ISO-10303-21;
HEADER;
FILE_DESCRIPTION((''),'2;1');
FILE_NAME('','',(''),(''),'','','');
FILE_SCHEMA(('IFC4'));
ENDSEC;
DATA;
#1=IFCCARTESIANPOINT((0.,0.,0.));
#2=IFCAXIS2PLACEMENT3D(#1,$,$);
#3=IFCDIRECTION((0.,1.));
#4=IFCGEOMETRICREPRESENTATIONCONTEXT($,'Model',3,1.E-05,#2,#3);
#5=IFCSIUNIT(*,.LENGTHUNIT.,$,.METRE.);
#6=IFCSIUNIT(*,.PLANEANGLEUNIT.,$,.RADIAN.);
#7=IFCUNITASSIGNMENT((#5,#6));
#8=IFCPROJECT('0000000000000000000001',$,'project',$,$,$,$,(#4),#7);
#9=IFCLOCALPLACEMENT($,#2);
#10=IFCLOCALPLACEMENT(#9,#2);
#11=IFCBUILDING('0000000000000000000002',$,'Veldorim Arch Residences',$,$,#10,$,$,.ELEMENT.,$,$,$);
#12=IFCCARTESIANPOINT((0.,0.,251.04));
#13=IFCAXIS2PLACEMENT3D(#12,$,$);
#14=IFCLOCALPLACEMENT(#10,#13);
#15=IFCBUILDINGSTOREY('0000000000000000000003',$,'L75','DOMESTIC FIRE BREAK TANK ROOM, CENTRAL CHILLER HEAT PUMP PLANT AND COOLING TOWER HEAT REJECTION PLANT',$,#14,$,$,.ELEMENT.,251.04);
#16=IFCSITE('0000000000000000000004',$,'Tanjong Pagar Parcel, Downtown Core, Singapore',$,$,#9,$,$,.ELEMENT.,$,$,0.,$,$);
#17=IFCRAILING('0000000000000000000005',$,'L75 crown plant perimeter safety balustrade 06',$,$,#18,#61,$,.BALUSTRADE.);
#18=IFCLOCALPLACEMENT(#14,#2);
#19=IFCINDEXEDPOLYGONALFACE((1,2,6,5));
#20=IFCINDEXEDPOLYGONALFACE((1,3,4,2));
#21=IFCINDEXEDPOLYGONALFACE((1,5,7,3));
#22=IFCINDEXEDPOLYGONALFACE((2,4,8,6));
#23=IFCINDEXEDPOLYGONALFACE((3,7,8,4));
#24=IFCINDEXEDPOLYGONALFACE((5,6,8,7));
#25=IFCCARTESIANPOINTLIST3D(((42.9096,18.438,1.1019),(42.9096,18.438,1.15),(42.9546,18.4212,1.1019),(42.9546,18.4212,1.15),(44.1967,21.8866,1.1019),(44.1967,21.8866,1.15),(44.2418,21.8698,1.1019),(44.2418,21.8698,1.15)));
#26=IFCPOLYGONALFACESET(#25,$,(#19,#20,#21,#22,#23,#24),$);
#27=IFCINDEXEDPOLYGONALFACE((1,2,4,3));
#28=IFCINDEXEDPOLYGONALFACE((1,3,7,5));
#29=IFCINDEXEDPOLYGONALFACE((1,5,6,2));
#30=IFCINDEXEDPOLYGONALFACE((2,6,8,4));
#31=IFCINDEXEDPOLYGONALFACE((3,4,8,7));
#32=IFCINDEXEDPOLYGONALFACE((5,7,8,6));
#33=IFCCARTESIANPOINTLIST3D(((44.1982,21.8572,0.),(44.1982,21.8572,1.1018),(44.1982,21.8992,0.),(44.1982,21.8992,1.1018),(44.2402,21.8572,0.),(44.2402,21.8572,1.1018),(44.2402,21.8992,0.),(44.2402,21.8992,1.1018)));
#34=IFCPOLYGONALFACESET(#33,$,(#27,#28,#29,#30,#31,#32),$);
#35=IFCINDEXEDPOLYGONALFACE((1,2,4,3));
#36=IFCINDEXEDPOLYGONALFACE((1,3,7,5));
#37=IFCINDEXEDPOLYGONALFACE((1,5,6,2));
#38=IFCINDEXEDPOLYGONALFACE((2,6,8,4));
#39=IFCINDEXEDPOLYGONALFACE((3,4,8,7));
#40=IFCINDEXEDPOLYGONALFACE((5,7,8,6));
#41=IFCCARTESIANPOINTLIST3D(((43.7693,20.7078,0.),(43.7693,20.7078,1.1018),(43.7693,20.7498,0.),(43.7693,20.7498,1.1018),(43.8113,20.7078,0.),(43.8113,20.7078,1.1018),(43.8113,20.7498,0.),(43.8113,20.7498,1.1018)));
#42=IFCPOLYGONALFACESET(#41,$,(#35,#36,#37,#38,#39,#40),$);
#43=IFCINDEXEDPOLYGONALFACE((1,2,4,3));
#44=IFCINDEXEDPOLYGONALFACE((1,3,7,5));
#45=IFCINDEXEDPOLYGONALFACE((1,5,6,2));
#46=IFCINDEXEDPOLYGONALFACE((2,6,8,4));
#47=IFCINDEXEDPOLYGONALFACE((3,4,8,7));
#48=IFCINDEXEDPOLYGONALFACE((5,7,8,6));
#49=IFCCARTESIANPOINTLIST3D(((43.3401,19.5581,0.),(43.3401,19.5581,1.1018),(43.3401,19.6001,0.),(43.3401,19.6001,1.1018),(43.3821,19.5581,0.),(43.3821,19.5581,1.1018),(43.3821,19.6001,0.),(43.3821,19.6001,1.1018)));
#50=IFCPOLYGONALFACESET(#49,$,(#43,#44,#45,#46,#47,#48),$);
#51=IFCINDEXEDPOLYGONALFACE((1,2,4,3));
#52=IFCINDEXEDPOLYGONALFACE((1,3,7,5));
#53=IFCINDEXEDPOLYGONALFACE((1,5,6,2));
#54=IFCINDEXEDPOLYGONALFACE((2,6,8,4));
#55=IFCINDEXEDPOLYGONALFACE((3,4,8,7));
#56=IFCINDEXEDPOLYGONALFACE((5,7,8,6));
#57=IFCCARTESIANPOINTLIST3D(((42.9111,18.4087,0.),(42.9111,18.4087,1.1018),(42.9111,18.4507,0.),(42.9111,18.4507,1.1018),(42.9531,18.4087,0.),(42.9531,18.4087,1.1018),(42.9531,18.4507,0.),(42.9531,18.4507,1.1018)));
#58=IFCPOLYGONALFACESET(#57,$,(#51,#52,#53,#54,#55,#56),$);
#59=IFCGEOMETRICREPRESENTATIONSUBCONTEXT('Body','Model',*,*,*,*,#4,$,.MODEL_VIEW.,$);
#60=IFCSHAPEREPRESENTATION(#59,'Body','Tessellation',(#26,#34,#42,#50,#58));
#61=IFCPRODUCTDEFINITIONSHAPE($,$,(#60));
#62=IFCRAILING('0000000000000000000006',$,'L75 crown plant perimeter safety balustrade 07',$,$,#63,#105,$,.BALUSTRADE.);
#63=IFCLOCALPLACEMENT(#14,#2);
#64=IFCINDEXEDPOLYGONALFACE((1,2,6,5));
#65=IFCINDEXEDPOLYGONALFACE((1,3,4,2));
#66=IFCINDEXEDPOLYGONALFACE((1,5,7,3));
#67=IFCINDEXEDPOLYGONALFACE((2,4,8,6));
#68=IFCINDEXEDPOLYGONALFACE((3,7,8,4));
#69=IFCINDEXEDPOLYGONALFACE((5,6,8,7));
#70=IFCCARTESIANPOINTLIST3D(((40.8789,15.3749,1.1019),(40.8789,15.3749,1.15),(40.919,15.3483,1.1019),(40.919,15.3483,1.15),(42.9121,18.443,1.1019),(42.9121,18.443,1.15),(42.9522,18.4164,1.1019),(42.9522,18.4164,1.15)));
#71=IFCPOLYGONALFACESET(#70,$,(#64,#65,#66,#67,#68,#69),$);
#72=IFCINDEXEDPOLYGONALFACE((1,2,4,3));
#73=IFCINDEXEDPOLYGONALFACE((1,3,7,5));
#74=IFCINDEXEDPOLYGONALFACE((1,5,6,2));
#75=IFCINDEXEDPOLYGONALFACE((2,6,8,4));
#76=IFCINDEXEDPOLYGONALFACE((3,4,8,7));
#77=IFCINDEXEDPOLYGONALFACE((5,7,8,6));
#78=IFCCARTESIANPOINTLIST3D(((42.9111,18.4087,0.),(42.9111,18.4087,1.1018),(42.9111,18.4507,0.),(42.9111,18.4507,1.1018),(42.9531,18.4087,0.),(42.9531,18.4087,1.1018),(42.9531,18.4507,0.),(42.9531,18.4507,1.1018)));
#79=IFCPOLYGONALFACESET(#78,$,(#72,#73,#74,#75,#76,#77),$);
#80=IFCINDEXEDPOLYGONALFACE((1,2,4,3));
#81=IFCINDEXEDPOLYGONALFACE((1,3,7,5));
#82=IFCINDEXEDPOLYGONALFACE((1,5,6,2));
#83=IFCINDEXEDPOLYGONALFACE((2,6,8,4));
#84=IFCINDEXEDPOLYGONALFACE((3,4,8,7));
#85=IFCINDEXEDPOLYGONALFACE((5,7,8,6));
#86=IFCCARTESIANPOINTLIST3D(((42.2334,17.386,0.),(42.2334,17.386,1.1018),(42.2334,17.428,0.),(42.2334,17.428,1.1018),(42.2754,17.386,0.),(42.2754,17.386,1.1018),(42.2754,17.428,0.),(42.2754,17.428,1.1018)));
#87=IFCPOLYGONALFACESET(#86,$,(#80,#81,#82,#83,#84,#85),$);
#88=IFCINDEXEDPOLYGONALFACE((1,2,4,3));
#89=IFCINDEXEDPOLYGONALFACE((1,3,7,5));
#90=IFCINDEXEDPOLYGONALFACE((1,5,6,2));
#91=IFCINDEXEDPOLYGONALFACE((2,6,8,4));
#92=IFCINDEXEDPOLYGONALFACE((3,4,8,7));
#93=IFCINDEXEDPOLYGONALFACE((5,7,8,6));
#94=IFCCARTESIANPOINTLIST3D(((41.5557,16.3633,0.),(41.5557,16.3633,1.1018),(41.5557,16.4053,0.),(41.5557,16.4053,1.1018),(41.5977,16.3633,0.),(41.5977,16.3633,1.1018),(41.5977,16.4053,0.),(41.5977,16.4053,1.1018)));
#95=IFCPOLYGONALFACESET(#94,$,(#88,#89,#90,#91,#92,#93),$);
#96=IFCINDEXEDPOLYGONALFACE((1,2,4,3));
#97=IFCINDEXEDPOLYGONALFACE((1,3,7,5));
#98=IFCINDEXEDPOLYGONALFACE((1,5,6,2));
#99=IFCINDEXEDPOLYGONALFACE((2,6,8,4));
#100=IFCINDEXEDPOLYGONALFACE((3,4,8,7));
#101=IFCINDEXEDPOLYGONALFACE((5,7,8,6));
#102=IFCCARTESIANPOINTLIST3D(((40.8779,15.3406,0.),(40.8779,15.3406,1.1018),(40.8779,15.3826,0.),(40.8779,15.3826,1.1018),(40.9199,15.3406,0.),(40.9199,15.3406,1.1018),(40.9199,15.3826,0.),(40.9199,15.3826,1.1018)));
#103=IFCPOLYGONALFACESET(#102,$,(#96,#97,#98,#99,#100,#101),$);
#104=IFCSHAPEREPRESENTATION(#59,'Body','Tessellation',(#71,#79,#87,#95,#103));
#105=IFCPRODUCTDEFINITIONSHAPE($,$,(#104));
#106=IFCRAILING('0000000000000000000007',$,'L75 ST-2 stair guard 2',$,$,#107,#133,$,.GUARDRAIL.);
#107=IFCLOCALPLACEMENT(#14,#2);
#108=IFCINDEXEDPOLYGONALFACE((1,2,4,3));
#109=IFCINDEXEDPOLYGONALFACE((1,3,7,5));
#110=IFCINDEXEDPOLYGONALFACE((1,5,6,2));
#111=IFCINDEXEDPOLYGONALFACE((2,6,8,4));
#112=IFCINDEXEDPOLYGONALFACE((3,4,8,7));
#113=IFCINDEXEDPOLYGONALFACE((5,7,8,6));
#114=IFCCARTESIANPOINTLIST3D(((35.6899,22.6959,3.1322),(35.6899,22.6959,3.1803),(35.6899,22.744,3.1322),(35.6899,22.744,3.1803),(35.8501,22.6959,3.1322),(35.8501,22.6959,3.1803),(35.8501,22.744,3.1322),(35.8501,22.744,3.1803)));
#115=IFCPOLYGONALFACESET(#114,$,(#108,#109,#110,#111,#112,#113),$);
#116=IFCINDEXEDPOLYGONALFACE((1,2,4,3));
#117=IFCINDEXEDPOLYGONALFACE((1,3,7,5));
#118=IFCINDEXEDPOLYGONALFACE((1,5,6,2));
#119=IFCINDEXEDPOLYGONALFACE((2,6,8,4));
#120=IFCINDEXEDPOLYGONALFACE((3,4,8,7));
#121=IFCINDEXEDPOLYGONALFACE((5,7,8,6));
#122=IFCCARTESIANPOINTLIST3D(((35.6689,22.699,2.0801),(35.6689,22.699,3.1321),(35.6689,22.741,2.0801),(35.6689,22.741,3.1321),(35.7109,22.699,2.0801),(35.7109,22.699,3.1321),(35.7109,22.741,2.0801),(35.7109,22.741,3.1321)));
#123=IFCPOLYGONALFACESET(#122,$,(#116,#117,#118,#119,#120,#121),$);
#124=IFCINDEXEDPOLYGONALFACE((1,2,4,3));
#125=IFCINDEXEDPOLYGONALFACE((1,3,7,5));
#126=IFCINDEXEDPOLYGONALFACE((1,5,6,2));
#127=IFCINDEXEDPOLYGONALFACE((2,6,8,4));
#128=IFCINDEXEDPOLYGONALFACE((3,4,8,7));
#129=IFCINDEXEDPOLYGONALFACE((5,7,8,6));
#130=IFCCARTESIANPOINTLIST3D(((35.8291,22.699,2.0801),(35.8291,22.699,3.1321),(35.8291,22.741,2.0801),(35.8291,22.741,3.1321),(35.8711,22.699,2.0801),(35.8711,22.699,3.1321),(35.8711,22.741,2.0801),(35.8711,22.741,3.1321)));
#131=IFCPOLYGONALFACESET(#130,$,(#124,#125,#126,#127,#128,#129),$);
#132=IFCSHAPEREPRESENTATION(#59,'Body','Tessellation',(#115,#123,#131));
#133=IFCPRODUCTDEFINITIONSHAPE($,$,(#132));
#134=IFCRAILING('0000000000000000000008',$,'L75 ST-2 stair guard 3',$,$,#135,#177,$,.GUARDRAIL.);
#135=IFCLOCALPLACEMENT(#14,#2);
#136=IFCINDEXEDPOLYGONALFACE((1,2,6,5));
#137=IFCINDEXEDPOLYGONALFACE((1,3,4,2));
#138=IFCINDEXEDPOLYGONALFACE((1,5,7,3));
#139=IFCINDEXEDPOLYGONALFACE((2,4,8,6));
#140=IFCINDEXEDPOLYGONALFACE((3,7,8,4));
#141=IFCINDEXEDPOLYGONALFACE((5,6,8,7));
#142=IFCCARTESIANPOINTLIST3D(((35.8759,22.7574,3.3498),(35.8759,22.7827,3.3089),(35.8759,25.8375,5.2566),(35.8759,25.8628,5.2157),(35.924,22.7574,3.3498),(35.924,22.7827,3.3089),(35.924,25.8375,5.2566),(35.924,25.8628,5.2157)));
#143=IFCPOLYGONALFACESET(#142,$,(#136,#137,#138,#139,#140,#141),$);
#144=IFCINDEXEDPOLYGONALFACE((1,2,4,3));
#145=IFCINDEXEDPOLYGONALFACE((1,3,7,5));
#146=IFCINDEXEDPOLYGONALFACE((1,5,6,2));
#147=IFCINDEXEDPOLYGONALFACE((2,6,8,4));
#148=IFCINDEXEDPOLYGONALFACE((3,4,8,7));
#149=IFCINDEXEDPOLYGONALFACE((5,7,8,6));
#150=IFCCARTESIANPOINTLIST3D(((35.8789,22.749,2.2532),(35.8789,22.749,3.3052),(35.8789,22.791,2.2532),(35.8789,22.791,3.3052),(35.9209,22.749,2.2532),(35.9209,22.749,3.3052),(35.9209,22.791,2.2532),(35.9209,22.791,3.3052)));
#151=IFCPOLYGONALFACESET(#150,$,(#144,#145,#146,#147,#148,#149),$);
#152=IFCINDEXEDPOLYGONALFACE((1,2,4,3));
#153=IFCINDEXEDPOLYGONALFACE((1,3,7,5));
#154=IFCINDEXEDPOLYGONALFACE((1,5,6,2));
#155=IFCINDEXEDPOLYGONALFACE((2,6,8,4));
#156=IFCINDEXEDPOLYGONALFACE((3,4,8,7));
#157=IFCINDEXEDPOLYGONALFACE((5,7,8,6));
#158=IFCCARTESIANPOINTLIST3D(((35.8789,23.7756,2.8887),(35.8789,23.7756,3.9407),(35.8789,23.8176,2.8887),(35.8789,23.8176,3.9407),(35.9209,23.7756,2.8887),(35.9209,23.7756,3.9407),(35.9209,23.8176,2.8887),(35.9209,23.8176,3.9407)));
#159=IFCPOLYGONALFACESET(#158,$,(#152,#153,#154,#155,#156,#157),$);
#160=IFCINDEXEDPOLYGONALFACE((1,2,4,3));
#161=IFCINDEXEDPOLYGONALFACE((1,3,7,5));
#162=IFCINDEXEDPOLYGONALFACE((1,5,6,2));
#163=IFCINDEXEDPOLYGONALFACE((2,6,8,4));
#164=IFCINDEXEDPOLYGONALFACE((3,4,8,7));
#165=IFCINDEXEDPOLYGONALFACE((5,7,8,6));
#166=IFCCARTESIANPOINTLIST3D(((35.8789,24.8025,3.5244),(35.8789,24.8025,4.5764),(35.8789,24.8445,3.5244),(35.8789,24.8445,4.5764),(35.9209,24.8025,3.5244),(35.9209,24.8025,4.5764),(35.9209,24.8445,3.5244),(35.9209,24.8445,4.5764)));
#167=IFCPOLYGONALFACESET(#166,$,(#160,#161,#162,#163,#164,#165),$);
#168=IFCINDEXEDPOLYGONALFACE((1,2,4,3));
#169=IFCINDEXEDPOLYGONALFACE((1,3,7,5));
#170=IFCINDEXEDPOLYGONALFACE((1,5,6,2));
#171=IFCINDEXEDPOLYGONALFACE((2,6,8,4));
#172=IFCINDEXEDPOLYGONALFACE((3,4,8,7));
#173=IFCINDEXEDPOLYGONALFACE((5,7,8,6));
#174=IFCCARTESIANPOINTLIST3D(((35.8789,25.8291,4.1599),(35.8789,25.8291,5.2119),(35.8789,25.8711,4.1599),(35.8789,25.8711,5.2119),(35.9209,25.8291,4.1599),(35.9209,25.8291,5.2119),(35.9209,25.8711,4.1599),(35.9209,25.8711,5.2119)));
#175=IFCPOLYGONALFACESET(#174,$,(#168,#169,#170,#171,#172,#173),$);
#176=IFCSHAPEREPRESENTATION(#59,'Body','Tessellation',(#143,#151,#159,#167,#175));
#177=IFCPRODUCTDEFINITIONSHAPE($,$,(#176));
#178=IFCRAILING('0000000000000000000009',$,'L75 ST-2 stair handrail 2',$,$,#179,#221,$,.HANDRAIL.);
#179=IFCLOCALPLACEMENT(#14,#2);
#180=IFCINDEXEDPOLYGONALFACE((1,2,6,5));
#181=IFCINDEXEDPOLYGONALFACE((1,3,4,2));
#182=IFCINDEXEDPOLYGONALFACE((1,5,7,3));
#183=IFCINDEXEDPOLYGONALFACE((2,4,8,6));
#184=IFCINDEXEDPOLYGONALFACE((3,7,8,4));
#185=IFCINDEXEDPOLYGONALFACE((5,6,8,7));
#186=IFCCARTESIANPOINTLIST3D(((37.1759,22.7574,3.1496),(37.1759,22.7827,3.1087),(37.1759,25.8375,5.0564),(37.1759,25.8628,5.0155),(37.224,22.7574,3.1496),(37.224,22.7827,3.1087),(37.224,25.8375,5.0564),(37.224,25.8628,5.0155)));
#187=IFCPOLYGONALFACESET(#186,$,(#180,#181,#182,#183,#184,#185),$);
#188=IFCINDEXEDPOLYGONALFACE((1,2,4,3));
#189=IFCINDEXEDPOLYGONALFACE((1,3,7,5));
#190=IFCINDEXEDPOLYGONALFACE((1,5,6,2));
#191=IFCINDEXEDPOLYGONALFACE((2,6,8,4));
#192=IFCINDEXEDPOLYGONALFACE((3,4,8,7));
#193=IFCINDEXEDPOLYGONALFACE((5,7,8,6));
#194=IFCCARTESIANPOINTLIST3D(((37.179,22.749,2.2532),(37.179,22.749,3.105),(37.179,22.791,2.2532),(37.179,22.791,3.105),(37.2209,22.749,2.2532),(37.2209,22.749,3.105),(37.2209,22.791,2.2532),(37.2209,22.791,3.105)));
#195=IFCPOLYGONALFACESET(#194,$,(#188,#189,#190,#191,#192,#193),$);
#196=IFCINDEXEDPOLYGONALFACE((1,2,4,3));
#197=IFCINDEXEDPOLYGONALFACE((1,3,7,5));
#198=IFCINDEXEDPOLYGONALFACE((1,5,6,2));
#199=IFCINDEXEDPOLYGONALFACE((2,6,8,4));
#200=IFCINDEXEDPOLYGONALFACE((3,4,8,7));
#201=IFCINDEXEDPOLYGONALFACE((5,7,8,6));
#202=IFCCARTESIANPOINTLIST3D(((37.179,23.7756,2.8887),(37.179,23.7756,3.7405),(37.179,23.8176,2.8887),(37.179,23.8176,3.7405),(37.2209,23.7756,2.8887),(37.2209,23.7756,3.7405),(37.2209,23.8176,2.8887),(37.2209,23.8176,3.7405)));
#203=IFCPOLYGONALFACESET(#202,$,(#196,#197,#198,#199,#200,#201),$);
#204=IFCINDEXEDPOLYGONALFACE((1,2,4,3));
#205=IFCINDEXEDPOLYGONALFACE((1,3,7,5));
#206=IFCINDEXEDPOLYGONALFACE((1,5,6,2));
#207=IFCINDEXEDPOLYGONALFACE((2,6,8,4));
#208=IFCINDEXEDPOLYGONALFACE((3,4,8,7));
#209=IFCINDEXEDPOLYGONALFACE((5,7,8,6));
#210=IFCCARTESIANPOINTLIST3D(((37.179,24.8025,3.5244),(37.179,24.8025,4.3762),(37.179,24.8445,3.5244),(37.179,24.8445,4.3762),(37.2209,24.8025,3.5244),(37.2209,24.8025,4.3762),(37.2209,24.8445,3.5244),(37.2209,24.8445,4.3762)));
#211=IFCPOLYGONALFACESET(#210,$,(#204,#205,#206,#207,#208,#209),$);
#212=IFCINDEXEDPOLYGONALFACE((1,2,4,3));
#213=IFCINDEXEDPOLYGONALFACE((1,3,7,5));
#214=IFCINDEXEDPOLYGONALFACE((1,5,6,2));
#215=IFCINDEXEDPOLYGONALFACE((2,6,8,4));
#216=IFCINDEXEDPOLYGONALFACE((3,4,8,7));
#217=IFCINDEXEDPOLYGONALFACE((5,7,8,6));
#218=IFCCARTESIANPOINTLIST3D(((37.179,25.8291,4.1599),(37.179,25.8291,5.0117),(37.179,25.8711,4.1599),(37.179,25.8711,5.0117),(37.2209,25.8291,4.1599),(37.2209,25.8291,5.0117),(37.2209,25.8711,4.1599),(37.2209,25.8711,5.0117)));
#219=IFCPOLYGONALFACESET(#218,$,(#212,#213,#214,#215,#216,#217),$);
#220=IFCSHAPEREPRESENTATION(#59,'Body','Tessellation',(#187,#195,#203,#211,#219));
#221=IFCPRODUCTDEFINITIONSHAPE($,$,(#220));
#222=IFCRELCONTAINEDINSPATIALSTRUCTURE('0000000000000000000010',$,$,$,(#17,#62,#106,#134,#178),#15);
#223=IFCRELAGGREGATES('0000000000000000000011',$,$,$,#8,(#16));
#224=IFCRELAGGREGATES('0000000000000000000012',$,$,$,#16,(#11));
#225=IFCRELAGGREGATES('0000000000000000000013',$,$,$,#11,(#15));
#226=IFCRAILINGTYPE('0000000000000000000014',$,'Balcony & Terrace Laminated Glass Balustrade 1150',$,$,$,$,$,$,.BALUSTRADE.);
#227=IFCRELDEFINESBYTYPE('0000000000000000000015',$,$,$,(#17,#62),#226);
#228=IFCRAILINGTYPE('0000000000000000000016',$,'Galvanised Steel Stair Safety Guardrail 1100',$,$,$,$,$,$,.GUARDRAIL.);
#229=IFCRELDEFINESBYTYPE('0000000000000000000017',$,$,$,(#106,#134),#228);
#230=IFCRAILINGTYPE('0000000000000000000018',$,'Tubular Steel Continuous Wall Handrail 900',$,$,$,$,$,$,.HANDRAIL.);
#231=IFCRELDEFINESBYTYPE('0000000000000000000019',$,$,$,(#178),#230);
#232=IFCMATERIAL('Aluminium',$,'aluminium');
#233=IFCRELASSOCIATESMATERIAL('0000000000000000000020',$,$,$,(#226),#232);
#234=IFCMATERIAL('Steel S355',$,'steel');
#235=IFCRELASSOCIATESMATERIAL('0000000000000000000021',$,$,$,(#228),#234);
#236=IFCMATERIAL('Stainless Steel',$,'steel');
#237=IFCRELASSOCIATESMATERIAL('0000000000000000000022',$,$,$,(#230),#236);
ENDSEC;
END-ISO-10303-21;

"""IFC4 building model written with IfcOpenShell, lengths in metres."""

from ifc_helpers import new_model, si_unit, direction, frame, origin, origin_2d, place, context, subcontext, project, spatial, rectangle, extrude, material, type_object, element, save


model = new_model("IFC4")

# Units and contexts
model_context = context("Model", 3, precision=1e-05, world=origin(), true_north=direction((0.0, 1.0)))
body_context = subcontext(model_context, "Body", "Model", "MODEL_VIEW")
ifc_project = project(units=[si_unit("LENGTHUNIT", "METRE"), si_unit("PLANEANGLEUNIT", "RADIAN")], contexts=[model_context])

# Site, building, storey
site_placement = place(None, origin())
site = spatial("IfcSite", under=ifc_project, at=site_placement, Name="Tanjong Pagar Parcel, Downtown Core, Singapore", CompositionType="ELEMENT", RefElevation=0.0)
building_placement = place(site_placement, origin())
building = spatial("IfcBuilding", under=site, at=building_placement, Name="Veldorim Arch Residences", CompositionType="ELEMENT")
storey_placement = place(building_placement, frame((0.0, 0.0, 251.04)))
storey = spatial("IfcBuildingStorey", under=building, at=storey_placement, Name="L75", Description="DOMESTIC FIRE BREAK TANK ROOM, CENTRAL CHILLER HEAT PUMP PLANT AND COOLING TOWER HEAT REJECTION PLANT", CompositionType="ELEMENT", Elevation=251.04)

# Railings
ifc_material_1 = material(Name="Aluminium", Category="aluminium")
railing_type_1 = type_object("IfcRailingType", Name="Balcony & Terrace Laminated Glass Balustrade 1150", PredefinedType="BALUSTRADE", material=ifc_material_1)
railing_1_placement = place(storey_placement, frame((44.2192, 21.8782, 0.0)))
element("IfcRailing", 1, at=railing_1_placement, inside=storey, type_object=railing_type_1, Name="L75 crown plant perimeter safety balustrade 06", PredefinedType="BALUSTRADE", context=body_context, shape_type="SweptSolid", body=[
    extrude(rectangle(XDim=0.0481, YDim=0.0481, at=origin_2d()), frame((0.0, 0.0, 1.126), z_axis=(-0.349677, -0.93687, 0.0), x_axis=(0.93687, -0.349677, 0.0)), (0.0, 0.0, 1.0), 3.6809),
    extrude(rectangle(XDim=0.042, YDim=0.042, at=origin_2d()), origin(), (0.0, 0.0, 1.0), 1.1018),
    extrude(rectangle(XDim=0.042, YDim=0.042, at=origin_2d()), frame((-0.429, -1.1494, 0.0)), (0.0, 0.0, 1.0), 1.1018),
    extrude(rectangle(XDim=0.042, YDim=0.042, at=origin_2d()), frame((-0.8582, -2.2991, 0.0)), (0.0, 0.0, 1.0), 1.1018),
    extrude(rectangle(XDim=0.042, YDim=0.042, at=origin_2d()), frame((-1.2871, -3.4485, 0.0)), (0.0, 0.0, 1.0), 1.1018),
])
railing_2_placement = place(storey_placement, frame((42.9321, 18.4297, 0.0)))
element("IfcRailing", 2, at=railing_2_placement, inside=storey, type_object=railing_type_1, Name="L75 crown plant perimeter safety balustrade 07", PredefinedType="BALUSTRADE", context=body_context, shape_type="SweptSolid", body=[
    extrude(rectangle(XDim=0.0481, YDim=0.0481, at=origin_2d()), frame((0.0, 0.0, 1.126), z_axis=(-0.552402, -0.833578, 0.0), x_axis=(0.833578, -0.552402, 0.0)), (0.0, 0.0, 1.0), 3.6807),
    extrude(rectangle(XDim=0.042, YDim=0.042, at=origin_2d()), origin(), (0.0, 0.0, 1.0), 1.1018),
    extrude(rectangle(XDim=0.042, YDim=0.042, at=origin_2d()), frame((-0.6777, -1.0227, 0.0)), (0.0, 0.0, 1.0), 1.1018),
    extrude(rectangle(XDim=0.042, YDim=0.042, at=origin_2d()), frame((-1.3555, -2.0454, 0.0)), (0.0, 0.0, 1.0), 1.1018),
    extrude(rectangle(XDim=0.042, YDim=0.042, at=origin_2d()), frame((-2.0332, -3.0681, 0.0)), (0.0, 0.0, 1.0), 1.1018),
])
ifc_material_2 = material(Name="Steel S355", Category="steel")
railing_type_2 = type_object("IfcRailingType", Name="Galvanised Steel Stair Safety Guardrail 1100", PredefinedType="GUARDRAIL", material=ifc_material_2)
railing_3_placement = place(storey_placement, frame((35.6899, 22.72, 2.0801)))
element("IfcRailing", 3, at=railing_3_placement, inside=storey, type_object=railing_type_2, Name="L75 ST-2 stair guard 2", PredefinedType="GUARDRAIL", context=body_context, shape_type="SweptSolid", body=[
    extrude(rectangle(XDim=0.0481, YDim=0.0481, at=origin_2d()), frame((0.0, 0.0, 1.0762), z_axis=(1.0, 0.0, 0.0), x_axis=(0.0, 1.0, 0.0)), (0.0, 0.0, 1.0), 0.1602),
    extrude(rectangle(XDim=0.042, YDim=0.042, at=origin_2d()), origin(), (0.0, 0.0, 1.0), 1.052),
    extrude(rectangle(XDim=0.042, YDim=0.042, at=origin_2d()), frame((0.1602, 0.0, 0.0)), (0.0, 0.0, 1.0), 1.052),
])
railing_4_placement = place(storey_placement, frame((35.8999, 22.77, 2.2532)))
element("IfcRailing", 4, at=railing_4_placement, inside=storey, type_object=railing_type_2, Name="L75 ST-2 stair guard 3", PredefinedType="GUARDRAIL", context=body_context, shape_type="SweptSolid", body=[
    extrude(rectangle(XDim=0.0481, YDim=0.0481, at=origin_2d()), frame((0.0, 0.0, 1.0762), z_axis=(0.0, 0.850262, 0.526359), x_axis=(-1.0, 0.0, 0.0)), (0.0, 0.0, 1.0), 3.6226),
    extrude(rectangle(XDim=0.042, YDim=0.042, at=origin_2d()), origin(), (0.0, 0.0, 1.0), 1.052),
    extrude(rectangle(XDim=0.042, YDim=0.042, at=origin_2d()), frame((0.0, 1.0266, 0.6355)), (0.0, 0.0, 1.0), 1.052),
    extrude(rectangle(XDim=0.042, YDim=0.042, at=origin_2d()), frame((0.0, 2.0535, 1.2712)), (0.0, 0.0, 1.0), 1.052),
    extrude(rectangle(XDim=0.042, YDim=0.042, at=origin_2d()), frame((0.0, 3.0801, 1.9067)), (0.0, 0.0, 1.0), 1.052),
])
ifc_material_3 = material(Name="Stainless Steel", Category="steel")
railing_type_3 = type_object("IfcRailingType", Name="Tubular Steel Continuous Wall Handrail 900", PredefinedType="HANDRAIL", material=ifc_material_3)
railing_5_placement = place(storey_placement, frame((37.2, 22.77, 2.2532)))
element("IfcRailing", 5, at=railing_5_placement, inside=storey, type_object=railing_type_3, Name="L75 ST-2 stair handrail 2", PredefinedType="HANDRAIL", context=body_context, shape_type="SweptSolid", body=[
    extrude(rectangle(XDim=0.0481, YDim=0.0481, at=origin_2d()), frame((0.0, 0.0, 0.876), z_axis=(0.0, 0.850262, 0.526359), x_axis=(-1.0, 0.0, 0.0)), (0.0, 0.0, 1.0), 3.6226),
    extrude(rectangle(XDim=0.042, YDim=0.042, at=origin_2d()), origin(), (0.0, 0.0, 1.0), 0.8518),
    extrude(rectangle(XDim=0.042, YDim=0.042, at=origin_2d()), frame((0.0, 1.0266, 0.6355)), (0.0, 0.0, 1.0), 0.8518),
    extrude(rectangle(XDim=0.042, YDim=0.042, at=origin_2d()), frame((0.0, 2.0535, 1.2712)), (0.0, 0.0, 1.0), 0.8518),
    extrude(rectangle(XDim=0.042, YDim=0.042, at=origin_2d()), frame((0.0, 3.0801, 1.9067)), (0.0, 0.0, 1.0), 0.8518),
])

save(model, "model.ifc")
